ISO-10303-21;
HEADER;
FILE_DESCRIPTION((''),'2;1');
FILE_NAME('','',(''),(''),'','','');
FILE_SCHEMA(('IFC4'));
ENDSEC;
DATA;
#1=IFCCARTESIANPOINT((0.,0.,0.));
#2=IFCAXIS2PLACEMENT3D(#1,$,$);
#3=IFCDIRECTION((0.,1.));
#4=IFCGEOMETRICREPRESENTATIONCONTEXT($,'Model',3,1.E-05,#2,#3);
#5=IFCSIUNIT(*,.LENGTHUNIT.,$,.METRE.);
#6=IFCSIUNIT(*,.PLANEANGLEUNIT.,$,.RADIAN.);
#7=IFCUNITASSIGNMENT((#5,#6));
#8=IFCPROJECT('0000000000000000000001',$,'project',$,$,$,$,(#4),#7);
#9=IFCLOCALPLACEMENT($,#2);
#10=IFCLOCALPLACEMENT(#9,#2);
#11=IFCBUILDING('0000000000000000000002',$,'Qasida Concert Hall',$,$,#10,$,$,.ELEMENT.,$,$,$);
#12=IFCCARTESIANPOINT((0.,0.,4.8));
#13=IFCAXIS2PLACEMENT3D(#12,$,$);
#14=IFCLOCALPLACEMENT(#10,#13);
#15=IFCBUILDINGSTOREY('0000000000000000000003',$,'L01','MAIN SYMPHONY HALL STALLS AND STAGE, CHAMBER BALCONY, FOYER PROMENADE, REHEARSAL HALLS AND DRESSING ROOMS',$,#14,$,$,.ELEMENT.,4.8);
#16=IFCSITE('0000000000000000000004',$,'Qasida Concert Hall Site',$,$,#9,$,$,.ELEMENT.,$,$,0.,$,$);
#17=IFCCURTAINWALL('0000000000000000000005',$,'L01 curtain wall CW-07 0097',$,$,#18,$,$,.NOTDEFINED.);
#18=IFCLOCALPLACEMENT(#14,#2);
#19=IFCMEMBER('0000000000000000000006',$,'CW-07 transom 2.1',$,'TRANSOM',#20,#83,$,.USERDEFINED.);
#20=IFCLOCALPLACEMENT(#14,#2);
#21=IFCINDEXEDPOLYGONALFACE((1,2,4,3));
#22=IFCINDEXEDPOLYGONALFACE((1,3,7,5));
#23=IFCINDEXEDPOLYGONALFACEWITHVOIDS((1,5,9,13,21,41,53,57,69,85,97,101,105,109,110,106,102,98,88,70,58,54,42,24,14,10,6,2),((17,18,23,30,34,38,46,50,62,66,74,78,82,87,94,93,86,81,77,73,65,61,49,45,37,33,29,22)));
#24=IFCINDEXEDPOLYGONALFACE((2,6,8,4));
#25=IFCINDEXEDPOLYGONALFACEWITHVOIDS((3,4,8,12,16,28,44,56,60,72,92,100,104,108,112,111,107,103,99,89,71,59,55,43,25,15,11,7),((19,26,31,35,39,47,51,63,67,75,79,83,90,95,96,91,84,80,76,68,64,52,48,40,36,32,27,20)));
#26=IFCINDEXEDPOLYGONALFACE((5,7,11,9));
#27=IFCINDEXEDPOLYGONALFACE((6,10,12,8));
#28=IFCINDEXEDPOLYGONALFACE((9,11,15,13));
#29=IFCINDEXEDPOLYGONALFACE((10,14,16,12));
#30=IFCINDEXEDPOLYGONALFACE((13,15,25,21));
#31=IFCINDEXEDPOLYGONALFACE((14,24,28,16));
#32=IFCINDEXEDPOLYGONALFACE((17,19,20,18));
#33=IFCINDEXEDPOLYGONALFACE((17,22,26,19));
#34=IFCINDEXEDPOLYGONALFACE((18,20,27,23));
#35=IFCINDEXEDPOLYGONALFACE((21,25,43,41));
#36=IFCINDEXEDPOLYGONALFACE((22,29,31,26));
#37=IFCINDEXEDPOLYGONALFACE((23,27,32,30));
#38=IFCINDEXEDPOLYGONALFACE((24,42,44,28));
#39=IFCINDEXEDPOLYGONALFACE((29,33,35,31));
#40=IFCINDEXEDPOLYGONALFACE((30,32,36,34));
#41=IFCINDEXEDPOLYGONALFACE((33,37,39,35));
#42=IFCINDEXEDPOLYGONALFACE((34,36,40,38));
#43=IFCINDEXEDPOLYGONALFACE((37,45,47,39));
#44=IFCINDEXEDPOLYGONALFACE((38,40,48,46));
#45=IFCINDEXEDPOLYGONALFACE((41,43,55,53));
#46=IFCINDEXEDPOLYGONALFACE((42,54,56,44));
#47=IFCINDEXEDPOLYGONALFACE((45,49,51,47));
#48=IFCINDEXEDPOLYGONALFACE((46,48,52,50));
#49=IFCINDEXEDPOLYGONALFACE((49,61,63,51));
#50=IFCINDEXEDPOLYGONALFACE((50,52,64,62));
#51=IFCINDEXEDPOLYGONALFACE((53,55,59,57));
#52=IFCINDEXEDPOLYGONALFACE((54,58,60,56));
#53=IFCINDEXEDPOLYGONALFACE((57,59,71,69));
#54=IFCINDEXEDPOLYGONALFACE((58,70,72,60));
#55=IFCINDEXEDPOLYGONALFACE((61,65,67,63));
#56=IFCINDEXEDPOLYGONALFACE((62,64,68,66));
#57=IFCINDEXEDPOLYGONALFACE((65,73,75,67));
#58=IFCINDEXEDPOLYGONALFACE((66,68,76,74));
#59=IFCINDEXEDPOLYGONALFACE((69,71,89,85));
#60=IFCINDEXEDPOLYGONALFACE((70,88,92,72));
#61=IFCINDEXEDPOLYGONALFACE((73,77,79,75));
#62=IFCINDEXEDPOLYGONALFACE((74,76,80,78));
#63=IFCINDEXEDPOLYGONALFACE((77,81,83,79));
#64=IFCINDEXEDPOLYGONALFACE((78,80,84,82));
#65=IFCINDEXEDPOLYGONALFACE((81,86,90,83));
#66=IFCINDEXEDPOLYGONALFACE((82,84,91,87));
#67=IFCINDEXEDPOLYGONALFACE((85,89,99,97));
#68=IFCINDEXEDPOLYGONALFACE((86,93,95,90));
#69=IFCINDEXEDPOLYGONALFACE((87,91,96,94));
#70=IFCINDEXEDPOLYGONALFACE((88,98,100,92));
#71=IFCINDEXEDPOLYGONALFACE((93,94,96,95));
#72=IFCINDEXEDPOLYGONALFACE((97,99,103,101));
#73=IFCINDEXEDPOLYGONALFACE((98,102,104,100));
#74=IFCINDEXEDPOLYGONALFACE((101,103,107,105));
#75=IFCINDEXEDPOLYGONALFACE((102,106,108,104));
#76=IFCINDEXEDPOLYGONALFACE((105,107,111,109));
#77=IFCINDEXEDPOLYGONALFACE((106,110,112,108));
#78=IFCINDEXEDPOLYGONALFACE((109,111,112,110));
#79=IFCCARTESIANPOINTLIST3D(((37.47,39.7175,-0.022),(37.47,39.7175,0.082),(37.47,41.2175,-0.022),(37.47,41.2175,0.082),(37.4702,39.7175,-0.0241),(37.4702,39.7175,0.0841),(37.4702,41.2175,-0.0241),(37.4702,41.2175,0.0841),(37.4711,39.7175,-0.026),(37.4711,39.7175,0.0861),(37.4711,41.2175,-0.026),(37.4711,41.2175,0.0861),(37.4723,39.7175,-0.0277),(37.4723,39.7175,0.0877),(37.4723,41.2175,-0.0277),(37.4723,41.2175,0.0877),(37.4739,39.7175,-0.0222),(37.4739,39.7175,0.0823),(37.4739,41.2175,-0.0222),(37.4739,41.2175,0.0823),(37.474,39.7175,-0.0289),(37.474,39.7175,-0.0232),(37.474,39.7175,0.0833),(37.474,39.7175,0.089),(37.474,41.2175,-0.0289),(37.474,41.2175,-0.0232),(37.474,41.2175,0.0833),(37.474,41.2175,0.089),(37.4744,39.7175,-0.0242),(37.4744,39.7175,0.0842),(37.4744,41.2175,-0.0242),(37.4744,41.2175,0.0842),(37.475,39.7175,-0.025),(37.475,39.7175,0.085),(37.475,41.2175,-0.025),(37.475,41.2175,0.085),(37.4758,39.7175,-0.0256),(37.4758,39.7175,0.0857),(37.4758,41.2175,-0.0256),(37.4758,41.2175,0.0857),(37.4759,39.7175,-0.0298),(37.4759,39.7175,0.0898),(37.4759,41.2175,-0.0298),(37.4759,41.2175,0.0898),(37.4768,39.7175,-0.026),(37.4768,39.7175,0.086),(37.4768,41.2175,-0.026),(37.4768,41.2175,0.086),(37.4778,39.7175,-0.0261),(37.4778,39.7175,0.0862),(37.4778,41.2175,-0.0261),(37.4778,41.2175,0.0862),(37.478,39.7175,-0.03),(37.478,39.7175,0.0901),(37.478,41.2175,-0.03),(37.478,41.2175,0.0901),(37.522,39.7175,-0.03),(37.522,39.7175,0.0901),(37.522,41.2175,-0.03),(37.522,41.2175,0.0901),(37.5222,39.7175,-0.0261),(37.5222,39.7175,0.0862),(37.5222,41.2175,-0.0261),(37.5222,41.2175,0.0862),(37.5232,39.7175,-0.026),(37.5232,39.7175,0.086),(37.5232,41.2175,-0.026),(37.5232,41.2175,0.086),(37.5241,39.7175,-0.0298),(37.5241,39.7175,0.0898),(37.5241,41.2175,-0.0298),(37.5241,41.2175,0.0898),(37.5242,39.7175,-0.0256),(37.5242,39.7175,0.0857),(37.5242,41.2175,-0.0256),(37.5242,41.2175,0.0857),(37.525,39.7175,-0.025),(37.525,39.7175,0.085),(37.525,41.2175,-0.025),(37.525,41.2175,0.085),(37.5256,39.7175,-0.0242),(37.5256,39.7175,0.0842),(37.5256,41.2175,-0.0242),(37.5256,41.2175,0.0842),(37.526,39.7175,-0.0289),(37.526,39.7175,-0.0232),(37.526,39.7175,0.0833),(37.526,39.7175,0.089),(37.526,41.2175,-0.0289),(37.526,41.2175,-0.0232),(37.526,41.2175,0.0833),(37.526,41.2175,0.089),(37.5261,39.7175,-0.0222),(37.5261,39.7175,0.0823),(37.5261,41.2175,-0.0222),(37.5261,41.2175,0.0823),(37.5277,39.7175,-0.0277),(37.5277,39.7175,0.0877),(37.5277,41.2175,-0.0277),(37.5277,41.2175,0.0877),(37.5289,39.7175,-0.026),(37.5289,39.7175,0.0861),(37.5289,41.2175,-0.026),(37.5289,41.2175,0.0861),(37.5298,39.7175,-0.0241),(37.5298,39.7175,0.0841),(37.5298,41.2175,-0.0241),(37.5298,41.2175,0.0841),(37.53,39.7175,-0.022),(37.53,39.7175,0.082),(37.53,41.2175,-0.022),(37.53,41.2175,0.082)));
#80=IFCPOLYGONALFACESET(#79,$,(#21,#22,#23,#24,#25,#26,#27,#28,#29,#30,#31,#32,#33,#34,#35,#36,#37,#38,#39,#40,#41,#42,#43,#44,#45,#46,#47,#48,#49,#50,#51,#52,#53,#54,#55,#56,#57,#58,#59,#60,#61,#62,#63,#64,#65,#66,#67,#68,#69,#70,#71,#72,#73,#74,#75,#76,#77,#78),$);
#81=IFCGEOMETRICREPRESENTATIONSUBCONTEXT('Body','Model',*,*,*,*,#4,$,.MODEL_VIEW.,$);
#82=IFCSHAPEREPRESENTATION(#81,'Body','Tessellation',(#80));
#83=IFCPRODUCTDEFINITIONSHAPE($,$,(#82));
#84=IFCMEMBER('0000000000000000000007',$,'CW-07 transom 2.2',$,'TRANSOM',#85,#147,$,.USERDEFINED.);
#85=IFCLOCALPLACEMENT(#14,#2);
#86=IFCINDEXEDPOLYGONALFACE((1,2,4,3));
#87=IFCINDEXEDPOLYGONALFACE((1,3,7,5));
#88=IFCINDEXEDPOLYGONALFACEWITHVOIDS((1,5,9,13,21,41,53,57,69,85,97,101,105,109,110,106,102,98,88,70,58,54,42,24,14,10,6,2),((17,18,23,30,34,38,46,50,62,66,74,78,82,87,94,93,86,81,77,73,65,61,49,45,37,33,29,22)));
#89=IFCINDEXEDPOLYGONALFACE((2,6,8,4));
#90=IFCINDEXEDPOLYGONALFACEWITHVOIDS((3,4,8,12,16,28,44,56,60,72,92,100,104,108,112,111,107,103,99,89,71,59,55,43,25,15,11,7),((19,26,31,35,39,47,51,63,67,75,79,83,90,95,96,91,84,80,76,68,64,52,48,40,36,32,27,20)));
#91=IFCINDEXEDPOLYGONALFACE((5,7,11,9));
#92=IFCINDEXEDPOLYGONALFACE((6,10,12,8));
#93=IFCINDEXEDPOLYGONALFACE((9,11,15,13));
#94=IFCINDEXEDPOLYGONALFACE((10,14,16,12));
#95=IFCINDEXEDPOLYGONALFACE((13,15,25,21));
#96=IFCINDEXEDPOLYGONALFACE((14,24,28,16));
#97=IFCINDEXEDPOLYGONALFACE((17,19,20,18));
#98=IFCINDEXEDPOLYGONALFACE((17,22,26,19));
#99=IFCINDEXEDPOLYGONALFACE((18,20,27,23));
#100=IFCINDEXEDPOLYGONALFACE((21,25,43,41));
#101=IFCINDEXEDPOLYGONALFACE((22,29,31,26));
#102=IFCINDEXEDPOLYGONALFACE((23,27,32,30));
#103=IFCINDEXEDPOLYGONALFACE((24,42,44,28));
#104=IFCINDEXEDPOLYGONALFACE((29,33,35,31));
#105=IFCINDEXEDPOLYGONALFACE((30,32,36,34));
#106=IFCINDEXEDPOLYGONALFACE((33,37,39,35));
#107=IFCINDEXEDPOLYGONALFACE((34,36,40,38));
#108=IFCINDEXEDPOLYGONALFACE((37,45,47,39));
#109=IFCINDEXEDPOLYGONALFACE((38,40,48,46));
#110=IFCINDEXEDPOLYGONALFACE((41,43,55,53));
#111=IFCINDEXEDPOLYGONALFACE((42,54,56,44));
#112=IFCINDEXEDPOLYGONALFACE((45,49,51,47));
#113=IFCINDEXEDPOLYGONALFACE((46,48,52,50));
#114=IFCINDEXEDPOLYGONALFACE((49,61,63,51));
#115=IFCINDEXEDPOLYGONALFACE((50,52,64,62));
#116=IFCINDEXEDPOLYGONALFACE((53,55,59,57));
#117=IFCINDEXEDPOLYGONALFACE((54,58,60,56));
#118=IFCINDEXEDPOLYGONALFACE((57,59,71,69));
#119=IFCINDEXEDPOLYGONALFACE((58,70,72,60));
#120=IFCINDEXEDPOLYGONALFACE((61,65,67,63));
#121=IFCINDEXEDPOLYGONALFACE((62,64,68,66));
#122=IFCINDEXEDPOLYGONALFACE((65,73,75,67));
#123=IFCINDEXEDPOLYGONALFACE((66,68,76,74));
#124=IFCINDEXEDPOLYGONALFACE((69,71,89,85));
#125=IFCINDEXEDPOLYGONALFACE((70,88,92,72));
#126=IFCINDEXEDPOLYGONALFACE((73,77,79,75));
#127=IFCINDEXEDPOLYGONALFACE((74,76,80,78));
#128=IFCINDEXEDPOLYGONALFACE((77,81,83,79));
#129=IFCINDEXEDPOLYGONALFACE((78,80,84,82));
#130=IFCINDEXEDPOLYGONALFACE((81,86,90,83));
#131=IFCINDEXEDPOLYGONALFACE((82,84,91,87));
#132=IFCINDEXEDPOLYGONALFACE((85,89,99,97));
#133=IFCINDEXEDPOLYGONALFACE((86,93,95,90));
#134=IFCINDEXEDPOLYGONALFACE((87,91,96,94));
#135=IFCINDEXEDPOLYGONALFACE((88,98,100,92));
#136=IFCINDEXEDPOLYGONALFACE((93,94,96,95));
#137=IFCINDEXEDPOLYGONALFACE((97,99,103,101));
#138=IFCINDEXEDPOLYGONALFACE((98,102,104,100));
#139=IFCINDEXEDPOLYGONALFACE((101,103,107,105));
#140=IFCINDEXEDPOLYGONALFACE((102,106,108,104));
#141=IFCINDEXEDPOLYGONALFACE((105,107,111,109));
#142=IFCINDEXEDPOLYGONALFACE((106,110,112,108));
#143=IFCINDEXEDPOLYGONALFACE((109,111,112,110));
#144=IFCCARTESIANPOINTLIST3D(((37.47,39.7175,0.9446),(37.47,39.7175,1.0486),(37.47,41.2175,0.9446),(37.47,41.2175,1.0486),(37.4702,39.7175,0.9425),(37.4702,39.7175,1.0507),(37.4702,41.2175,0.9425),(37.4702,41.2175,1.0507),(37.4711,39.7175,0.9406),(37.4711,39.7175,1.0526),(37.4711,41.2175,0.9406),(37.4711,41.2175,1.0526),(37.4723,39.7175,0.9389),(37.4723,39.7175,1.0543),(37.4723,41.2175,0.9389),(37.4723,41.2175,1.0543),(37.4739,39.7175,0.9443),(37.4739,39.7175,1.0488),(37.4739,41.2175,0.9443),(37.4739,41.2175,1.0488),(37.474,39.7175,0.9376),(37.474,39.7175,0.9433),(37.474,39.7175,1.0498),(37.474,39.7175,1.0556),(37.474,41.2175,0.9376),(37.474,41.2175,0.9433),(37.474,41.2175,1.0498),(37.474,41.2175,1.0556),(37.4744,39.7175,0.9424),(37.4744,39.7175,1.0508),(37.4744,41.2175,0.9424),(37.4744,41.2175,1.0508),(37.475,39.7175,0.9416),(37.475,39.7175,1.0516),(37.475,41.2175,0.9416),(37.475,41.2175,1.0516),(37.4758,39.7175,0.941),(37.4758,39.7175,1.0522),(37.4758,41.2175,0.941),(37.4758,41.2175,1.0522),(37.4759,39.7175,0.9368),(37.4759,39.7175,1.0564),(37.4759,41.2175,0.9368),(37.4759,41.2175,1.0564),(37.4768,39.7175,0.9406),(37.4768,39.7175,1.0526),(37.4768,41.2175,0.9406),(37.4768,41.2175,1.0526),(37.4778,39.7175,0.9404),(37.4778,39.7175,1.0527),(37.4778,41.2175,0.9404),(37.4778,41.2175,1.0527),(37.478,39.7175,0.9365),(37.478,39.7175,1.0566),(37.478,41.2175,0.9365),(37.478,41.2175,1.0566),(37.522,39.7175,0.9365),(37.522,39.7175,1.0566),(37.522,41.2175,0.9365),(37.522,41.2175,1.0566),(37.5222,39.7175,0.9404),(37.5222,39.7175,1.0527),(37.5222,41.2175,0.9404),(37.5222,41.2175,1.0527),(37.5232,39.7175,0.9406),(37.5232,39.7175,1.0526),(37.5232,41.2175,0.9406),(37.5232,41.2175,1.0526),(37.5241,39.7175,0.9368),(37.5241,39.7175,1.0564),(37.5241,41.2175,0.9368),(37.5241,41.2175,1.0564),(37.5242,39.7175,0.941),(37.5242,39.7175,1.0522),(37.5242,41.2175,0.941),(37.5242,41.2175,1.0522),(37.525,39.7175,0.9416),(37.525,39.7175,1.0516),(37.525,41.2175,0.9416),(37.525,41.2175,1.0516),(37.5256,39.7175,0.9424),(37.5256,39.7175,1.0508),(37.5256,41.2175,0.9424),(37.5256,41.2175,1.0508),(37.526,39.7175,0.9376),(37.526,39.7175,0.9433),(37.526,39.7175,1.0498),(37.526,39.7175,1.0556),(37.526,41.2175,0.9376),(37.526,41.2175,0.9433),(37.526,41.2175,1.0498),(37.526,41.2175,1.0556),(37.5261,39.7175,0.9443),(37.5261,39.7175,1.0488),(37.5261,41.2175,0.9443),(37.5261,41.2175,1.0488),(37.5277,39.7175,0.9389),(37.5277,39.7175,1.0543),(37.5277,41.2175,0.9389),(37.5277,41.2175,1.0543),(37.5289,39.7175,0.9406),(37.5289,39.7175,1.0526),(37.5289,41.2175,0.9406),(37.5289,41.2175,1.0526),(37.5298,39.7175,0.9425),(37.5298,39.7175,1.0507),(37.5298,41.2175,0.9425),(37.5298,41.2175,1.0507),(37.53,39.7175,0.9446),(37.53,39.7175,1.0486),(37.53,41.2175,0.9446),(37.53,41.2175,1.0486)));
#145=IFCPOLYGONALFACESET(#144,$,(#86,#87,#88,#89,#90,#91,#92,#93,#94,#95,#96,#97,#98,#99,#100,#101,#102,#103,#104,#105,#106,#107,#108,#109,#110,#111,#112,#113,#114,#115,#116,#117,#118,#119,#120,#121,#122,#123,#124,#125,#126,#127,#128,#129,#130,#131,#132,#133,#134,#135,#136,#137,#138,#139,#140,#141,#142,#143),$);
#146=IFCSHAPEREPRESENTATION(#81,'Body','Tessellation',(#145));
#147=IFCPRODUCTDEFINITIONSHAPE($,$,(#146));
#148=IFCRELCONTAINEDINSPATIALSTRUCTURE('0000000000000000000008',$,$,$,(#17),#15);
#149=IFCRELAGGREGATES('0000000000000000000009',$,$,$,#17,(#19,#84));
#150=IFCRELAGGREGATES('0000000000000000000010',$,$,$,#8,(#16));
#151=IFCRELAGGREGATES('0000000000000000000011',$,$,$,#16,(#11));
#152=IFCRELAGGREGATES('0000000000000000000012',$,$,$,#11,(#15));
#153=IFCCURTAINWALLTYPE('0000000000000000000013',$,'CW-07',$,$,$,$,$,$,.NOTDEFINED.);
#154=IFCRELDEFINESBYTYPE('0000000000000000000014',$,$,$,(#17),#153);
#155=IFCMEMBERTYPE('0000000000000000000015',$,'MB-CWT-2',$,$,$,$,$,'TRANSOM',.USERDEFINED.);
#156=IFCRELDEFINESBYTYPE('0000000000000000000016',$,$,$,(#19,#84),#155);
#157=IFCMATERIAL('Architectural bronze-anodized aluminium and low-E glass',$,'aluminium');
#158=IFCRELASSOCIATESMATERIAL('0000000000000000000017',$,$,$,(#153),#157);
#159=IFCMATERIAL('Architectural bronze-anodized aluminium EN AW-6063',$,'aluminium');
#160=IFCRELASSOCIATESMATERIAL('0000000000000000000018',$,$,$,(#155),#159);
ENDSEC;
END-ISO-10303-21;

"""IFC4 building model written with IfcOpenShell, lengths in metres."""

from ifc_helpers import new_model, si_unit, direction, frame, origin, origin_2d, place, context, subcontext, project, spatial, hollow_rectangle, extrude, material, material_profile, profile_set, type_object, element, aggregate, save


model = new_model("IFC4")

# Units and contexts
model_context = context("Model", 3, precision=1e-05, world=origin(), true_north=direction((0.0, 1.0)))
body_context = subcontext(model_context, "Body", "Model", "MODEL_VIEW")
ifc_project = project(units=[si_unit("LENGTHUNIT", "METRE"), si_unit("PLANEANGLEUNIT", "RADIAN")], contexts=[model_context])

# Site, building, storey
site_placement = place(None, origin())
site = spatial("IfcSite", under=ifc_project, at=site_placement, Name="Qasida Concert Hall Site", CompositionType="ELEMENT", RefElevation=0.0)
building_placement = place(site_placement, origin())
building = spatial("IfcBuilding", under=site, at=building_placement, Name="Qasida Concert Hall", CompositionType="ELEMENT")
storey_placement = place(building_placement, frame((0.0, 0.0, 4.8)))
storey = spatial("IfcBuildingStorey", under=building, at=storey_placement, Name="L01", Description="MAIN SYMPHONY HALL STALLS AND STAGE, CHAMBER BALCONY, FOYER PROMENADE, REHEARSAL HALLS AND DRESSING ROOMS", CompositionType="ELEMENT", Elevation=4.8)

# Curtain wall, members
ifc_material_1 = material(Name="Architectural bronze-anodized aluminium and low-E glass", Category="aluminium")
curtain_wall_type = type_object("IfcCurtainWallType", Name="CW-07", PredefinedType="NOTDEFINED", material=ifc_material_1)
curtain_wall_placement = place(storey_placement, origin())
curtain_wall = element("IfcCurtainWall", 1, at=curtain_wall_placement, inside=storey, type_object=curtain_wall_type, Name="L01 curtain wall CW-07 0097", PredefinedType="NOTDEFINED")
ifc_material_2 = material(Name="Architectural bronze-anodized aluminium EN AW-6063", Category="aluminium")
ifc_material_profile_1 = material_profile(ifc_material_2, hollow_rectangle(XDim=0.0601, YDim=0.1201, WallThickness=0.0039, InnerFilletRadius=0.0039, OuterFilletRadius=0.0081, at=origin_2d()), Name="CWT 120x60x4")
ifc_profile_set_1 = profile_set([ifc_material_profile_1], Name="Architectural bronze-anodized aluminium EN AW-6063")
member_type_1 = type_object("IfcMemberType", Name="MB-CWT-2", ElementType="TRANSOM", PredefinedType="USERDEFINED", material=ifc_profile_set_1)
member_1_placement = place(storey_placement, frame((37.5, 39.7175, 0.03), z_axis=(0.0, 1.0, 0.0), x_axis=(-1.0, 0.0, 0.0)))
member_1 = element("IfcMember", 2, at=member_1_placement, type_object=member_type_1, Name="CW-07 transom 2.1", ObjectType="TRANSOM", PredefinedType="USERDEFINED", context=body_context, shape_type="SweptSolid", body=[
    extrude(hollow_rectangle(XDim=0.0601, YDim=0.1201, WallThickness=0.0039, InnerFilletRadius=0.0039, OuterFilletRadius=0.0081, at=origin_2d()), origin(), (0.0, 0.0, 1.0), 1.5),
])
member_2_placement = place(storey_placement, frame((37.5, 39.7175, 0.9966), z_axis=(0.0, 1.0, 0.0), x_axis=(-1.0, 0.0, 0.0)))
member_2 = element("IfcMember", 3, at=member_2_placement, type_object=member_type_1, Name="CW-07 transom 2.2", ObjectType="TRANSOM", PredefinedType="USERDEFINED", context=body_context, shape_type="SweptSolid", body=[
    extrude(hollow_rectangle(XDim=0.0601, YDim=0.1201, WallThickness=0.0039, InnerFilletRadius=0.0039, OuterFilletRadius=0.0081, at=origin_2d()), origin(), (0.0, 0.0, 1.0), 1.5),
])
aggregate(curtain_wall, [member_1, member_2])

save(model, "model.ifc")
